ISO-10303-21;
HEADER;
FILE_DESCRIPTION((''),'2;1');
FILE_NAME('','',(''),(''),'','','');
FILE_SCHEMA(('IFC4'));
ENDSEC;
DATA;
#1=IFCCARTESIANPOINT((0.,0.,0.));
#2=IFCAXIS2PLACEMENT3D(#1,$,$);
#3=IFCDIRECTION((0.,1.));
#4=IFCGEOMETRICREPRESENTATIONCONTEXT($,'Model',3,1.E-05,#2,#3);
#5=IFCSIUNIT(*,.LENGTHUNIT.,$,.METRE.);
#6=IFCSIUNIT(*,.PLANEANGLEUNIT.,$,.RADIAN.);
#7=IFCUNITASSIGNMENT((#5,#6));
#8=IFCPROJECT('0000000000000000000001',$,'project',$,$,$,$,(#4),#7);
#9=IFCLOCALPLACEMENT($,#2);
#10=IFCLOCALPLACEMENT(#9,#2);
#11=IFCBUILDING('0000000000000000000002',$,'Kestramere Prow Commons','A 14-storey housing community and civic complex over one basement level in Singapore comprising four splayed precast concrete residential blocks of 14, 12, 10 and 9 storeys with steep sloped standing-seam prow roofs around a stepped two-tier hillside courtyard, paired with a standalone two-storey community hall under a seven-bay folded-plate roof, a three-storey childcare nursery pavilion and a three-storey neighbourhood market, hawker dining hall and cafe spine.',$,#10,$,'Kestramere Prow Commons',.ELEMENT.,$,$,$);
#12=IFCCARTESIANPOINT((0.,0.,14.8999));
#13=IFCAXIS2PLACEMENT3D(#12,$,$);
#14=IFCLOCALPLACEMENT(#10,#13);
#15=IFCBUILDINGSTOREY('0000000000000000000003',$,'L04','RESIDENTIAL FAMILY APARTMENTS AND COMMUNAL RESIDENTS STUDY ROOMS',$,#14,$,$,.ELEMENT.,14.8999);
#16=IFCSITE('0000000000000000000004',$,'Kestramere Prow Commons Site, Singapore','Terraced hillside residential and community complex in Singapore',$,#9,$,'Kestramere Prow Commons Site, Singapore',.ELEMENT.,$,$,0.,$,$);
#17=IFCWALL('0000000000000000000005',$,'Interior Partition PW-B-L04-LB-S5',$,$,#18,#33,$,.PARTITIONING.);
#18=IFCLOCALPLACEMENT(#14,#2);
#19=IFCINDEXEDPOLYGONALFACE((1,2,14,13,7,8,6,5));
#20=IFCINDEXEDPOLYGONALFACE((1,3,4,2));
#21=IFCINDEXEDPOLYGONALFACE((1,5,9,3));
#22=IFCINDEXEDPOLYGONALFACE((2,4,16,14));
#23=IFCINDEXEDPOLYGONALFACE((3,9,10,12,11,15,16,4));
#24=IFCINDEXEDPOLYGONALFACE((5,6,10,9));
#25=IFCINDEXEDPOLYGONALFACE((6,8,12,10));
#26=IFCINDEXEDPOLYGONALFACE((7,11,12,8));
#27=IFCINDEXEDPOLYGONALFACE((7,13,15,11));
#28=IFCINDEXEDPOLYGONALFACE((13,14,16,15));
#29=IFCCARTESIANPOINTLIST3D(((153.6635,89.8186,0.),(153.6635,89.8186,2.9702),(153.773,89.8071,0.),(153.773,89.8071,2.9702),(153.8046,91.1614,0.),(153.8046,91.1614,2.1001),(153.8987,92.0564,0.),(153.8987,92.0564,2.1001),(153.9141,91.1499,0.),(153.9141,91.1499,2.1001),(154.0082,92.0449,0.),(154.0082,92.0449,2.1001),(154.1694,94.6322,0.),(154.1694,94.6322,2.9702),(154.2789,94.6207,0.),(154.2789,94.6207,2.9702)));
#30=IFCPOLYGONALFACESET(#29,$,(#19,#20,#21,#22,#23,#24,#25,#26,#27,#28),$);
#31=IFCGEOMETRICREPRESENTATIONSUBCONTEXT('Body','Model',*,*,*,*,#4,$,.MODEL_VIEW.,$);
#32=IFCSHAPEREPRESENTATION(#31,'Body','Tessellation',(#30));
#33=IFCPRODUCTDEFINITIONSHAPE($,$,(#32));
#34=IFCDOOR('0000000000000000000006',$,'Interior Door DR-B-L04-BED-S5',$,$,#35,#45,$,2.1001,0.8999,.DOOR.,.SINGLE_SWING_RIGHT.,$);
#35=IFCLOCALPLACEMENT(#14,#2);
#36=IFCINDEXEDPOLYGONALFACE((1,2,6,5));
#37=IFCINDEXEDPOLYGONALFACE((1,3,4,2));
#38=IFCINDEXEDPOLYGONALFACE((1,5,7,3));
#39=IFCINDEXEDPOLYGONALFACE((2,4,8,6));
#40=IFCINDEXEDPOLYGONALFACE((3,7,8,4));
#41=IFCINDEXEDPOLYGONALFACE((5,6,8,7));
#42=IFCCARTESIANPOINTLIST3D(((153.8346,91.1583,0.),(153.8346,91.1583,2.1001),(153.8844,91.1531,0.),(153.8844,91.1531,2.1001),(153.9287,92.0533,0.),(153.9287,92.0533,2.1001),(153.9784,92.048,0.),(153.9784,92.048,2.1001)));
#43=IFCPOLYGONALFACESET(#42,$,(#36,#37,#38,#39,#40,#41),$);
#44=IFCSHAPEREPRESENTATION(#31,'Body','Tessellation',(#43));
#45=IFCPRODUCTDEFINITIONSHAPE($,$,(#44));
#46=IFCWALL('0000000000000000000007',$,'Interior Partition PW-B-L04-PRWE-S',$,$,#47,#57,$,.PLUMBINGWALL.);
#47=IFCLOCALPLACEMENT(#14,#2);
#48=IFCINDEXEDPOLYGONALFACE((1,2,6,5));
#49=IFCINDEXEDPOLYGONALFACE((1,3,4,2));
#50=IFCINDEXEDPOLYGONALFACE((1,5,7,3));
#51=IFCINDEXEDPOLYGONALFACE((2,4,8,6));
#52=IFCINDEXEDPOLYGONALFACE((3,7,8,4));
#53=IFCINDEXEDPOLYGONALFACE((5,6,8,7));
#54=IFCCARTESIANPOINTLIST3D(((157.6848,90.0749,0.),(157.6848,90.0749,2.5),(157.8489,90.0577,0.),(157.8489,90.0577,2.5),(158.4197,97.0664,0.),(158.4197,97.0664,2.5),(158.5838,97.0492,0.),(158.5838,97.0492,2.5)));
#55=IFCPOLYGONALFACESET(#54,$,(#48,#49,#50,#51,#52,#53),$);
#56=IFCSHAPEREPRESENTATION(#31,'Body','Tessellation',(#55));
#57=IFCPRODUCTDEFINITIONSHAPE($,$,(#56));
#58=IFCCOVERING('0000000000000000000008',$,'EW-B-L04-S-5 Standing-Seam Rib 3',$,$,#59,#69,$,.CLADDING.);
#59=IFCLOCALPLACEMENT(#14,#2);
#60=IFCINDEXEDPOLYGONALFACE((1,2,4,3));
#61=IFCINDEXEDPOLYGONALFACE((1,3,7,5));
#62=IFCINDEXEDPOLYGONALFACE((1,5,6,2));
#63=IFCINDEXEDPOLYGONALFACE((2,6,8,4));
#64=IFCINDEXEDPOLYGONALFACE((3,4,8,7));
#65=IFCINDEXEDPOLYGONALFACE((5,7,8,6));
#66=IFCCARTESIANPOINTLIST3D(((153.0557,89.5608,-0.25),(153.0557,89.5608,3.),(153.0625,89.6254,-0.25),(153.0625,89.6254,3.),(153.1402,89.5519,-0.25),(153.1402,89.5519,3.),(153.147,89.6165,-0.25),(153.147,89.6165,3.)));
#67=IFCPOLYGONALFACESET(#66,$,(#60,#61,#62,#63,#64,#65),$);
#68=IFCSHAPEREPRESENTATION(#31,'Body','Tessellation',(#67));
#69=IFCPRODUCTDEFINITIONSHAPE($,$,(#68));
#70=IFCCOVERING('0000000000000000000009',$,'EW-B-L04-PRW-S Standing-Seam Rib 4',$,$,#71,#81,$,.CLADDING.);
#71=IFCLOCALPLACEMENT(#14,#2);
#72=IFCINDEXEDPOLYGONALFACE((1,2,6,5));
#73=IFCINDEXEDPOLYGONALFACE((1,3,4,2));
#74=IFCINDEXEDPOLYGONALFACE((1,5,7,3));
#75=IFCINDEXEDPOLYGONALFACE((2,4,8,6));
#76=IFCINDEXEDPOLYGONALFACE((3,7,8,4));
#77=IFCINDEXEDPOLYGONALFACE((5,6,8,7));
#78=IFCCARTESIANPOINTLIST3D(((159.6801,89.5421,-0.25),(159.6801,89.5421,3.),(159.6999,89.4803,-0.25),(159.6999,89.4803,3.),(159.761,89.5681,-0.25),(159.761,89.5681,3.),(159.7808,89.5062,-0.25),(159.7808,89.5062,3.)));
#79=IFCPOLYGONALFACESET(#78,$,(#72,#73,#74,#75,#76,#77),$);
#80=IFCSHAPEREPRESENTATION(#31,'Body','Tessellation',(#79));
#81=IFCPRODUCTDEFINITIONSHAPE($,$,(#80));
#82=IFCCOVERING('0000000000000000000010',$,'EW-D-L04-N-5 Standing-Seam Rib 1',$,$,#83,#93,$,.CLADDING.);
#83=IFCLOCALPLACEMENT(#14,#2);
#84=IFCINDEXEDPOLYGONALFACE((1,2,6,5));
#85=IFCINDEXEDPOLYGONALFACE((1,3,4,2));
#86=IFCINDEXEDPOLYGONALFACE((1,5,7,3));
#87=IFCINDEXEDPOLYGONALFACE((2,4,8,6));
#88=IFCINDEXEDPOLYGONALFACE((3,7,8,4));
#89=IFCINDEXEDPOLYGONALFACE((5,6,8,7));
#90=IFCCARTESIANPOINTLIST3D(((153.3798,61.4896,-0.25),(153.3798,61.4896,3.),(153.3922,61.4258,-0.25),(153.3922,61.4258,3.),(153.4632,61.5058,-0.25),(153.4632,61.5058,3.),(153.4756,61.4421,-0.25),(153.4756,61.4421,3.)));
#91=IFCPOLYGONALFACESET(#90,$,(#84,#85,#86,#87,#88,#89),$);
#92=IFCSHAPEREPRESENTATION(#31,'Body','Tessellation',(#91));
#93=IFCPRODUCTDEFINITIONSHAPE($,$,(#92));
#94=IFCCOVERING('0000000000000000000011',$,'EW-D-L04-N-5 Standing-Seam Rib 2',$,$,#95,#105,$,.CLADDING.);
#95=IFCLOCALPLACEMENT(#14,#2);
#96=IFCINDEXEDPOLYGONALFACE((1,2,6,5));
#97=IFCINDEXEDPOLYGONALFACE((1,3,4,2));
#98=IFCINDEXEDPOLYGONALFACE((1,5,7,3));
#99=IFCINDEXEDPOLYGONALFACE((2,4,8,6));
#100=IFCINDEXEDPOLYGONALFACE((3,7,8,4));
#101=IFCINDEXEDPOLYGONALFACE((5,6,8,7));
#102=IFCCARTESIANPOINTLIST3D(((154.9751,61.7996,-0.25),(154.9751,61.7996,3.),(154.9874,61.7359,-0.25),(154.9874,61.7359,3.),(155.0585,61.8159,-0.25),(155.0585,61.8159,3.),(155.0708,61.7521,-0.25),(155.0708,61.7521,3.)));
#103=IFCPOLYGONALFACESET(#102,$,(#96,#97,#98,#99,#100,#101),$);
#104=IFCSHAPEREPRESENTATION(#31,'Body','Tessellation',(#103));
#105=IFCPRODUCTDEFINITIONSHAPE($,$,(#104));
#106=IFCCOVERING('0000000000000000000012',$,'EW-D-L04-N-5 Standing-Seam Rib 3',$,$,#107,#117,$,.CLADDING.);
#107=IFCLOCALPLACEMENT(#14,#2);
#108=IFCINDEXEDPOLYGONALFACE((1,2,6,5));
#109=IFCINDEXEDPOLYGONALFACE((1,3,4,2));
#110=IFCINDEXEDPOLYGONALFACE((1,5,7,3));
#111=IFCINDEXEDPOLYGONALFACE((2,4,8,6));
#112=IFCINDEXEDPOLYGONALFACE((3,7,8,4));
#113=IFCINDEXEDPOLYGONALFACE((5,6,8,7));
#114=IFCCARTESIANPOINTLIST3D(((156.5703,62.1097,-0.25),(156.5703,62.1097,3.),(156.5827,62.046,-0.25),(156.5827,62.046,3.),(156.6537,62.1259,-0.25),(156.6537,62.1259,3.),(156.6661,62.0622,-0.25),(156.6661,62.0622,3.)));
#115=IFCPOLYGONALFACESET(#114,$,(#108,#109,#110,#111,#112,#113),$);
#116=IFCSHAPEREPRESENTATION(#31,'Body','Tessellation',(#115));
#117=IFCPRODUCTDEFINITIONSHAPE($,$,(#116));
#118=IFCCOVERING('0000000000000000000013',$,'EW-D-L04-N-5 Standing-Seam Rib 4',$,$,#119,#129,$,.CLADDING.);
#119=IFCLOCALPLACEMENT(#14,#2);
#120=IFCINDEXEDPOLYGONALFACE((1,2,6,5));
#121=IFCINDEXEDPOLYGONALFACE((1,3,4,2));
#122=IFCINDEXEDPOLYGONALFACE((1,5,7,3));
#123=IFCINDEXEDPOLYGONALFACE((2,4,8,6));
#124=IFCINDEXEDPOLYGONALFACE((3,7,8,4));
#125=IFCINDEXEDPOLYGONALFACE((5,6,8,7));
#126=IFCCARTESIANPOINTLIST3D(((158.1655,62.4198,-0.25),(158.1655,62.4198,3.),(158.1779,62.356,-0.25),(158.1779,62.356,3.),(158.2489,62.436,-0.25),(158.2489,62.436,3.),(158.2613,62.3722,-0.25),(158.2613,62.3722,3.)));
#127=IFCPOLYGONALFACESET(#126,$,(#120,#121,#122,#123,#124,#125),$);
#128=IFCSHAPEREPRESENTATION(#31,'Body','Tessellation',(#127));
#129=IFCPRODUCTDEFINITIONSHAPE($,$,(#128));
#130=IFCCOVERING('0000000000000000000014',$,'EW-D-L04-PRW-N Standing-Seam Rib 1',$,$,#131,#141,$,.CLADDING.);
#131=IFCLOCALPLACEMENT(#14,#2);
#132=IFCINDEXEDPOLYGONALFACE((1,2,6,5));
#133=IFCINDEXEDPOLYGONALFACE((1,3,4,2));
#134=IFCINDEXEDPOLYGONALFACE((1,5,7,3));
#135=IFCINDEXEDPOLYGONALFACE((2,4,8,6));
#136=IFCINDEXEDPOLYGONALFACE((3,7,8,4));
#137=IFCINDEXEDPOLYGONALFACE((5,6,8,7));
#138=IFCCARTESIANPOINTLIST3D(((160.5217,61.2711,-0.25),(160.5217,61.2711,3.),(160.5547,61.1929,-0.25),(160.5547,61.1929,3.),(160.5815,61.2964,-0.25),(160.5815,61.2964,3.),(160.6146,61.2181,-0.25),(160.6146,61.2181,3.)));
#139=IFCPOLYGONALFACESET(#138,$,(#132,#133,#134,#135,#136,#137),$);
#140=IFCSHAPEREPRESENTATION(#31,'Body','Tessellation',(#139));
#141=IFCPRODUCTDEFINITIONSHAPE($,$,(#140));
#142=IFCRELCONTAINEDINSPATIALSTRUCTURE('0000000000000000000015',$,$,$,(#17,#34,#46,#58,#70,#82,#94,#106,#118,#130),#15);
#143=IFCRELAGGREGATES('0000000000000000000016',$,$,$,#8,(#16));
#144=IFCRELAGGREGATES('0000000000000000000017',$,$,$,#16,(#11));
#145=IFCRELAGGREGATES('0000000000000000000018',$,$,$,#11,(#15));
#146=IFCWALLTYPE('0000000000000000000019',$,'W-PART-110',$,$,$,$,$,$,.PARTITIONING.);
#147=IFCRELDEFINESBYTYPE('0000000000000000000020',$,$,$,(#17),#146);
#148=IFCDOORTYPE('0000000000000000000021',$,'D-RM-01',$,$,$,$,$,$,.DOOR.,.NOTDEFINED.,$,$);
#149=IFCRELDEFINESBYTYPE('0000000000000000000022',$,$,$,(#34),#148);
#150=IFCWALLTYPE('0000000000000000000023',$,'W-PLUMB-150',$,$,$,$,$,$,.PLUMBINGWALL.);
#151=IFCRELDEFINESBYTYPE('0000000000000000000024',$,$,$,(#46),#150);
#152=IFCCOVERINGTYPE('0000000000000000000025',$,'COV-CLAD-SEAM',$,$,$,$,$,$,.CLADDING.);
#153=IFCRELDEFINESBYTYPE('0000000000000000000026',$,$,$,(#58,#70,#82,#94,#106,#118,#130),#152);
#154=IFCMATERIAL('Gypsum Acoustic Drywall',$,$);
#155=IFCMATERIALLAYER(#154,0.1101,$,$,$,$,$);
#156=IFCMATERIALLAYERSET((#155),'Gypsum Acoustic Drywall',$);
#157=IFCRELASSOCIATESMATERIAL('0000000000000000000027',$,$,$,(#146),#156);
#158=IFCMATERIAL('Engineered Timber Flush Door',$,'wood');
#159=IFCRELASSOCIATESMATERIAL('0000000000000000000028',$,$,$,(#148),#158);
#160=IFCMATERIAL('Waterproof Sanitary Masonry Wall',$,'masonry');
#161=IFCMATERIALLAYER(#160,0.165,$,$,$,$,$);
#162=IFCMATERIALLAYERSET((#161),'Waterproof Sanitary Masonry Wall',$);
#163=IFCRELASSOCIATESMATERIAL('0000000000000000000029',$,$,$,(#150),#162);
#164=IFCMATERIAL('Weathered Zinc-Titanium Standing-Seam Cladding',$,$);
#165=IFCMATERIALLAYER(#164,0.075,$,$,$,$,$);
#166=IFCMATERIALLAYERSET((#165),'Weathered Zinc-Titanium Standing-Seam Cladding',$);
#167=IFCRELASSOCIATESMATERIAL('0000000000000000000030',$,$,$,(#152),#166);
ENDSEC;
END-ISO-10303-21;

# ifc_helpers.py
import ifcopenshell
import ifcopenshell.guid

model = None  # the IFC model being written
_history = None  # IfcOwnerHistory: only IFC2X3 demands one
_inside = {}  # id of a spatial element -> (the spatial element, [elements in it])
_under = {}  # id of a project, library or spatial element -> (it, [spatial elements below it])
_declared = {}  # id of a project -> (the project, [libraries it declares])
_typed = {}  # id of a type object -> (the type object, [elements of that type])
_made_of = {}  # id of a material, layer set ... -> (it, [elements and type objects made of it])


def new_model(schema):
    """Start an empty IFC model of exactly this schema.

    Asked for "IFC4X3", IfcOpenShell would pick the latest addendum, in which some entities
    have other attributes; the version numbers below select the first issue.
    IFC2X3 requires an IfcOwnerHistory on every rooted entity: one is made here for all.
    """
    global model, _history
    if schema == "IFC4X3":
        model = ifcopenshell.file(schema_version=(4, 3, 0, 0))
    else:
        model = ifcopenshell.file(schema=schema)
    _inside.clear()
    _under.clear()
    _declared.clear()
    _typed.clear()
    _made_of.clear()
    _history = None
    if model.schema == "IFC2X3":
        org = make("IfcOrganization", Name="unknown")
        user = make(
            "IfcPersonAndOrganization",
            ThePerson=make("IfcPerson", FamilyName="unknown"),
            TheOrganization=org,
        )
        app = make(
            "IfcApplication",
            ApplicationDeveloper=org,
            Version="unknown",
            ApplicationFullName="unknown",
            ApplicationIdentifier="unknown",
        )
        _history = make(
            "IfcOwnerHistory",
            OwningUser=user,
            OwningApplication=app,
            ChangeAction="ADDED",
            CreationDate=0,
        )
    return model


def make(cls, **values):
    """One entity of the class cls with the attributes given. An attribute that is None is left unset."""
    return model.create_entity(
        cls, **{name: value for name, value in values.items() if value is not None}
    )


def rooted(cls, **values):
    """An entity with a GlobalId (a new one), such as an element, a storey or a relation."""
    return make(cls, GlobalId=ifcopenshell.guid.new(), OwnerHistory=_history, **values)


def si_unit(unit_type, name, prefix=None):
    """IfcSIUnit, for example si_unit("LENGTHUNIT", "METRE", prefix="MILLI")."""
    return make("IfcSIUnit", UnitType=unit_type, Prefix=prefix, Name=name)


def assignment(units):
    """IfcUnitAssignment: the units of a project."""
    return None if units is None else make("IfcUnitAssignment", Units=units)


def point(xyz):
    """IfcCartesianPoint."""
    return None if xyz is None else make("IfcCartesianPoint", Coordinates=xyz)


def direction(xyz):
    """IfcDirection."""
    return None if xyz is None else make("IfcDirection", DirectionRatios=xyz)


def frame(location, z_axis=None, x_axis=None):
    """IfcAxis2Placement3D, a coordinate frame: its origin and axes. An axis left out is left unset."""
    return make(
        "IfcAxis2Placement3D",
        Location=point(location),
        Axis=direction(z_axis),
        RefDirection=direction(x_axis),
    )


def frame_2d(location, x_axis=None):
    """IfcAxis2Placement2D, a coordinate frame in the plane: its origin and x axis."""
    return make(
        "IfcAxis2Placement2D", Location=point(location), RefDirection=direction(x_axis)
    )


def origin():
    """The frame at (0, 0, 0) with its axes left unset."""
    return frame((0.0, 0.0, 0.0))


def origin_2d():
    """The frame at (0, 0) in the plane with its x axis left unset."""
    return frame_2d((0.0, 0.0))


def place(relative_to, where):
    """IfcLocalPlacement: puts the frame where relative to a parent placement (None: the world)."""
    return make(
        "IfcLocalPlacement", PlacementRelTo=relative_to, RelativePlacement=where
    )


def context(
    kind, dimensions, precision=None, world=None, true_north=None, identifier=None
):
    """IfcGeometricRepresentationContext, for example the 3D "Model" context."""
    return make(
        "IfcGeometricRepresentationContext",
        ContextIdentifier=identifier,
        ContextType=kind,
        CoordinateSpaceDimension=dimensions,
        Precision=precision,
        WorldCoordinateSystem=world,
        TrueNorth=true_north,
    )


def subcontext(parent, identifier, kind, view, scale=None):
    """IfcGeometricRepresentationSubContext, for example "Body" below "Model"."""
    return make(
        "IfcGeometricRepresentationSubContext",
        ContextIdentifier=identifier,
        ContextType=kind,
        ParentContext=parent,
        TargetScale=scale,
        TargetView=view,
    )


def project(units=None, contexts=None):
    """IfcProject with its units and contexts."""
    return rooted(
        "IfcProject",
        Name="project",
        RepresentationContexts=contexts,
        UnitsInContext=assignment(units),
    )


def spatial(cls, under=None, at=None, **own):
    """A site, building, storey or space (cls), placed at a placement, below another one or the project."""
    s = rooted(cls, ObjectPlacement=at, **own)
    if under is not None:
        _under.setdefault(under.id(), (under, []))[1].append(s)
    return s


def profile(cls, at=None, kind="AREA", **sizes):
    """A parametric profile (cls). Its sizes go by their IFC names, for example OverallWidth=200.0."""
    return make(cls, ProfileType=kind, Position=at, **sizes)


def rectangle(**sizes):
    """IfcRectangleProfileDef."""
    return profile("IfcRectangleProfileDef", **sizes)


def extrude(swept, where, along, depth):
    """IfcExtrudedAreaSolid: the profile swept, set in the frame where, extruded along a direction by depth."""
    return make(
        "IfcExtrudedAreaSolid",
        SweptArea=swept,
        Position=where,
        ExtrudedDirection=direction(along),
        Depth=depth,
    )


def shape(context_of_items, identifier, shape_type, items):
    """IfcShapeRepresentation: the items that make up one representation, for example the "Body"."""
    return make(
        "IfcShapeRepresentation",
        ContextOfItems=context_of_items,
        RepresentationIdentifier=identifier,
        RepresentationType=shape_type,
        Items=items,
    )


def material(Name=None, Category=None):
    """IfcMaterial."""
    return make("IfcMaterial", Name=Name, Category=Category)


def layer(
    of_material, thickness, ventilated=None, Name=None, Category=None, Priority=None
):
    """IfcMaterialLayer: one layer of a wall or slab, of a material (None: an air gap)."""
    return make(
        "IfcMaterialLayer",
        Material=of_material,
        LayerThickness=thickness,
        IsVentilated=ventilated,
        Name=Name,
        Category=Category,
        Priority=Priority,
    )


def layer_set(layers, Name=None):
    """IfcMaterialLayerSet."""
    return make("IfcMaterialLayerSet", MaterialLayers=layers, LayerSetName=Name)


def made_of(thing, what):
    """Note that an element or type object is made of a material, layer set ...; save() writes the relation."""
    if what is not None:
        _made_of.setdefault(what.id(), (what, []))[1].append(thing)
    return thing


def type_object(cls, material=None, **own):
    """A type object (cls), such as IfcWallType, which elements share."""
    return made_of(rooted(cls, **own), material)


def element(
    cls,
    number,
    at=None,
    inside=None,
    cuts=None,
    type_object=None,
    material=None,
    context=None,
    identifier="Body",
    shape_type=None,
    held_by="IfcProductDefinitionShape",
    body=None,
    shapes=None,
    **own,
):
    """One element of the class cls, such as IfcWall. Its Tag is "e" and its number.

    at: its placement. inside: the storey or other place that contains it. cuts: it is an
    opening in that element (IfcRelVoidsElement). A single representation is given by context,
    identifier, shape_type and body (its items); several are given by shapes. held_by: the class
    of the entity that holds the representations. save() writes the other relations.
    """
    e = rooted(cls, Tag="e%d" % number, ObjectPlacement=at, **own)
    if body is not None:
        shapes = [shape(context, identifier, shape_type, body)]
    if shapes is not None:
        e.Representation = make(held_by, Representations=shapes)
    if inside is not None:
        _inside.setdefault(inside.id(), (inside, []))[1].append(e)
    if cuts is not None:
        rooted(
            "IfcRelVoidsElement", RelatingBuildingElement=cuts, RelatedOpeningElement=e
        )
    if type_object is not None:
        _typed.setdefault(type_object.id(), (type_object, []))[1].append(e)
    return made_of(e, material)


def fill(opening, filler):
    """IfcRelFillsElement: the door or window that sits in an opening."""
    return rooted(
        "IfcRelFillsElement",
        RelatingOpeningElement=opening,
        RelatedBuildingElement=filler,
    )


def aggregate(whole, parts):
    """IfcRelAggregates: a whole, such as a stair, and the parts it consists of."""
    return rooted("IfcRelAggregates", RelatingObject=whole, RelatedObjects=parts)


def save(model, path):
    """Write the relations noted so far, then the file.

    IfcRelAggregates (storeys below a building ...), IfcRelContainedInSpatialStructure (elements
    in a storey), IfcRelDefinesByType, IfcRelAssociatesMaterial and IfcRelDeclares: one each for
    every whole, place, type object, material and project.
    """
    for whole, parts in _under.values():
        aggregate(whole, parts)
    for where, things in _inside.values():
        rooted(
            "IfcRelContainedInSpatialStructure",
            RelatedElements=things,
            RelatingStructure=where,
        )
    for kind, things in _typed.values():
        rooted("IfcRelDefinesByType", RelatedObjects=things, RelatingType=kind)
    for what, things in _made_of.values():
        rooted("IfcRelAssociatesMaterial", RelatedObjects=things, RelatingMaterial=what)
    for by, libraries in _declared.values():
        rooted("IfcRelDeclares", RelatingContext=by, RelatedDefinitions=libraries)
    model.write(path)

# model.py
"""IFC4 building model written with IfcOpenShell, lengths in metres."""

from ifc_helpers import new_model, si_unit, direction, frame, frame_2d, origin, origin_2d, place, context, subcontext, project, spatial, rectangle, extrude, material, layer, layer_set, type_object, element, fill, save


model = new_model("IFC4")

# Units and contexts
model_context = context("Model", 3, precision=1e-05, world=origin(), true_north=direction((0.0, 1.0)))
body_context = subcontext(model_context, "Body", "Model", "MODEL_VIEW")
ifc_project = project(units=[si_unit("LENGTHUNIT", "METRE"), si_unit("PLANEANGLEUNIT", "RADIAN")], contexts=[model_context])

# Site, building, storey
site_placement = place(None, origin())
site = spatial("IfcSite", under=ifc_project, at=site_placement, Name="Kestramere Prow Commons Site, Singapore", Description="Terraced hillside residential and community complex in Singapore", LongName="Kestramere Prow Commons Site, Singapore", CompositionType="ELEMENT", RefElevation=0.0)
building_placement = place(site_placement, origin())
building = spatial("IfcBuilding", under=site, at=building_placement, Name="Kestramere Prow Commons", Description="A 14-storey housing community and civic complex over one basement level in Singapore comprising four splayed precast concrete residential blocks of 14, 12, 10 and 9 storeys with steep sloped standing-seam prow roofs around a stepped two-tier hillside courtyard, paired with a standalone two-storey community hall under a seven-bay folded-plate roof, a three-storey childcare nursery pavilion and a three-storey neighbourhood market, hawker dining hall and cafe spine.", LongName="Kestramere Prow Commons", CompositionType="ELEMENT")
storey_placement = place(building_placement, frame((0.0, 0.0, 14.8999)))
storey = spatial("IfcBuildingStorey", under=building, at=storey_placement, Name="L04", Description="RESIDENTIAL FAMILY APARTMENTS AND COMMUNAL RESIDENTS STUDY ROOMS", CompositionType="ELEMENT", Elevation=14.8999)

# Shared definitions
ifc_material_1 = material(Name="Weathered Zinc-Titanium Standing-Seam Cladding")

# Wall, opening, door
ifc_material_2 = material(Name="Gypsum Acoustic Drywall")
ifc_layer_1 = layer(ifc_material_2, 0.1101)
ifc_layer_set_1 = layer_set([ifc_layer_1], Name="Gypsum Acoustic Drywall")
wall_type_1 = type_object("IfcWallType", Name="W-PART-110", PredefinedType="PARTITIONING", material=ifc_layer_set_1)
wall_1_placement = place(storey_placement, frame((153.7183, 89.813, 0.0), z_axis=(0.0, 0.0, 1.0), x_axis=(0.104517, 0.994523, 0.0)))
wall_1 = element("IfcWall", 1, at=wall_1_placement, inside=storey, type_object=wall_type_1, Name="Interior Partition PW-B-L04-LB-S5", PredefinedType="PARTITIONING", context=body_context, shape_type="SweptSolid", body=[
    extrude(rectangle(XDim=4.8401, YDim=0.1101, at=frame_2d((2.4199, 0.0))), origin(), (0.0, 0.0, 1.0), 2.9702),
])
opening_1_placement = place(wall_1_placement, frame((1.3501, 0.0, 0.0)))
opening_1 = element("IfcOpeningElement", 2, at=opening_1_placement, cuts=wall_1, PredefinedType="OPENING", context=body_context, shape_type="SweptSolid", body=[
    extrude(rectangle(XDim=0.8999, YDim=2.1001, at=frame_2d((0.45, 1.05))), frame((0.0, 0.0701, 0.0), z_axis=(0.0, -1.0, 0.0), x_axis=(1.0, 0.0, 0.0)), (0.0, 0.0, 1.0), 0.1401),
])
ifc_material_3 = material(Name="Engineered Timber Flush Door", Category="wood")
door_type = type_object("IfcDoorType", Name="D-RM-01", OperationType="NOTDEFINED", PredefinedType="DOOR", material=ifc_material_3)
door_placement = place(opening_1_placement, origin())
door = element("IfcDoor", 3, at=door_placement, inside=storey, type_object=door_type, Name="Interior Door DR-B-L04-BED-S5", OperationType="SINGLE_SWING_RIGHT", OverallHeight=2.1001, OverallWidth=0.8999, PredefinedType="DOOR", context=body_context, shape_type="SweptSolid", body=[
    extrude(rectangle(XDim=0.8999, YDim=2.1001, at=frame_2d((0.45, 1.05))), frame((0.0, 0.0249, 0.0), z_axis=(0.0, -1.0, 0.0), x_axis=(1.0, 0.0, 0.0)), (0.0, 0.0, 1.0), 0.05),
])
fill(opening_1, door)

# Wall
ifc_material_4 = material(Name="Waterproof Sanitary Masonry Wall", Category="masonry")
ifc_layer_2 = layer(ifc_material_4, 0.165)
ifc_layer_set_2 = layer_set([ifc_layer_2], Name="Waterproof Sanitary Masonry Wall")
wall_type_2 = type_object("IfcWallType", Name="W-PLUMB-150", PredefinedType="PLUMBINGWALL", material=ifc_layer_set_2)
wall_2_placement = place(storey_placement, frame((157.7668, 90.0662, 0.0), z_axis=(0.0, 0.0, 1.0), x_axis=(0.104533, 0.994521, 0.0)))
element("IfcWall", 4, at=wall_2_placement, inside=storey, type_object=wall_type_2, Name="Interior Partition PW-B-L04-PRWE-S", PredefinedType="PLUMBINGWALL", context=body_context, shape_type="SweptSolid", body=[
    extrude(rectangle(XDim=7.03, YDim=0.165, at=frame_2d((3.5151, 0.0))), origin(), (0.0, 0.0, 1.0), 2.5),
])

# Coverings
ifc_layer_3 = layer(ifc_material_1, 0.075)
ifc_layer_set_3 = layer_set([ifc_layer_3], Name="Weathered Zinc-Titanium Standing-Seam Cladding")
covering_type = type_object("IfcCoveringType", Name="COV-CLAD-SEAM", PredefinedType="CLADDING", material=ifc_layer_set_3)
for number, where, z_axis, x_axis, name in (
    (5, (153.1013, 89.5886, -0.25), (0.0, 0.0, 1.0), (-0.994522, 0.104528, 0.0), "EW-B-L04-S-5 Standing-Seam Rib 3"),
    (6, (159.7305, 89.5242, -0.25), (0.0, 0.0, 1.0), (-0.952283, -0.305215, 0.0), "EW-B-L04-PRW-S Standing-Seam Rib 4"),
    (7, (153.4277, 61.4658, -0.25), (0.0, 0.0, 1.0), (0.981627, 0.190809, 0.0), "EW-D-L04-N-5 Standing-Seam Rib 1"),
    (8, (155.0229, 61.7759, -0.25), (0.0, 0.0, 1.0), (0.981627, 0.190809, 0.0), "EW-D-L04-N-5 Standing-Seam Rib 2"),
    (9, (156.6182, 62.0859, -0.25), (0.0, 0.0, 1.0), (0.981627, 0.190809, 0.0), "EW-D-L04-N-5 Standing-Seam Rib 3"),
    (10, (158.2134, 62.396, -0.25), (0.0, 0.0, 1.0), (0.981627, 0.190809, 0.0), "EW-D-L04-N-5 Standing-Seam Rib 4"),
    (11, (160.5681, 61.2446, -0.25), (0.0, 0.0, 1.0), (0.38922, -0.921145, 0.0), "EW-D-L04-PRW-N Standing-Seam Rib 1"),
):
    element("IfcCovering", number, at=place(storey_placement, frame(where, z_axis=z_axis, x_axis=x_axis)), inside=storey, type_object=covering_type, Name=name, PredefinedType="CLADDING", context=body_context, shape_type="SweptSolid", body=[
        extrude(rectangle(XDim=0.085, YDim=0.0649, at=origin_2d()), origin(), (0.0, 0.0, 1.0), 3.25),
    ])

save(model, "model.ifc")
